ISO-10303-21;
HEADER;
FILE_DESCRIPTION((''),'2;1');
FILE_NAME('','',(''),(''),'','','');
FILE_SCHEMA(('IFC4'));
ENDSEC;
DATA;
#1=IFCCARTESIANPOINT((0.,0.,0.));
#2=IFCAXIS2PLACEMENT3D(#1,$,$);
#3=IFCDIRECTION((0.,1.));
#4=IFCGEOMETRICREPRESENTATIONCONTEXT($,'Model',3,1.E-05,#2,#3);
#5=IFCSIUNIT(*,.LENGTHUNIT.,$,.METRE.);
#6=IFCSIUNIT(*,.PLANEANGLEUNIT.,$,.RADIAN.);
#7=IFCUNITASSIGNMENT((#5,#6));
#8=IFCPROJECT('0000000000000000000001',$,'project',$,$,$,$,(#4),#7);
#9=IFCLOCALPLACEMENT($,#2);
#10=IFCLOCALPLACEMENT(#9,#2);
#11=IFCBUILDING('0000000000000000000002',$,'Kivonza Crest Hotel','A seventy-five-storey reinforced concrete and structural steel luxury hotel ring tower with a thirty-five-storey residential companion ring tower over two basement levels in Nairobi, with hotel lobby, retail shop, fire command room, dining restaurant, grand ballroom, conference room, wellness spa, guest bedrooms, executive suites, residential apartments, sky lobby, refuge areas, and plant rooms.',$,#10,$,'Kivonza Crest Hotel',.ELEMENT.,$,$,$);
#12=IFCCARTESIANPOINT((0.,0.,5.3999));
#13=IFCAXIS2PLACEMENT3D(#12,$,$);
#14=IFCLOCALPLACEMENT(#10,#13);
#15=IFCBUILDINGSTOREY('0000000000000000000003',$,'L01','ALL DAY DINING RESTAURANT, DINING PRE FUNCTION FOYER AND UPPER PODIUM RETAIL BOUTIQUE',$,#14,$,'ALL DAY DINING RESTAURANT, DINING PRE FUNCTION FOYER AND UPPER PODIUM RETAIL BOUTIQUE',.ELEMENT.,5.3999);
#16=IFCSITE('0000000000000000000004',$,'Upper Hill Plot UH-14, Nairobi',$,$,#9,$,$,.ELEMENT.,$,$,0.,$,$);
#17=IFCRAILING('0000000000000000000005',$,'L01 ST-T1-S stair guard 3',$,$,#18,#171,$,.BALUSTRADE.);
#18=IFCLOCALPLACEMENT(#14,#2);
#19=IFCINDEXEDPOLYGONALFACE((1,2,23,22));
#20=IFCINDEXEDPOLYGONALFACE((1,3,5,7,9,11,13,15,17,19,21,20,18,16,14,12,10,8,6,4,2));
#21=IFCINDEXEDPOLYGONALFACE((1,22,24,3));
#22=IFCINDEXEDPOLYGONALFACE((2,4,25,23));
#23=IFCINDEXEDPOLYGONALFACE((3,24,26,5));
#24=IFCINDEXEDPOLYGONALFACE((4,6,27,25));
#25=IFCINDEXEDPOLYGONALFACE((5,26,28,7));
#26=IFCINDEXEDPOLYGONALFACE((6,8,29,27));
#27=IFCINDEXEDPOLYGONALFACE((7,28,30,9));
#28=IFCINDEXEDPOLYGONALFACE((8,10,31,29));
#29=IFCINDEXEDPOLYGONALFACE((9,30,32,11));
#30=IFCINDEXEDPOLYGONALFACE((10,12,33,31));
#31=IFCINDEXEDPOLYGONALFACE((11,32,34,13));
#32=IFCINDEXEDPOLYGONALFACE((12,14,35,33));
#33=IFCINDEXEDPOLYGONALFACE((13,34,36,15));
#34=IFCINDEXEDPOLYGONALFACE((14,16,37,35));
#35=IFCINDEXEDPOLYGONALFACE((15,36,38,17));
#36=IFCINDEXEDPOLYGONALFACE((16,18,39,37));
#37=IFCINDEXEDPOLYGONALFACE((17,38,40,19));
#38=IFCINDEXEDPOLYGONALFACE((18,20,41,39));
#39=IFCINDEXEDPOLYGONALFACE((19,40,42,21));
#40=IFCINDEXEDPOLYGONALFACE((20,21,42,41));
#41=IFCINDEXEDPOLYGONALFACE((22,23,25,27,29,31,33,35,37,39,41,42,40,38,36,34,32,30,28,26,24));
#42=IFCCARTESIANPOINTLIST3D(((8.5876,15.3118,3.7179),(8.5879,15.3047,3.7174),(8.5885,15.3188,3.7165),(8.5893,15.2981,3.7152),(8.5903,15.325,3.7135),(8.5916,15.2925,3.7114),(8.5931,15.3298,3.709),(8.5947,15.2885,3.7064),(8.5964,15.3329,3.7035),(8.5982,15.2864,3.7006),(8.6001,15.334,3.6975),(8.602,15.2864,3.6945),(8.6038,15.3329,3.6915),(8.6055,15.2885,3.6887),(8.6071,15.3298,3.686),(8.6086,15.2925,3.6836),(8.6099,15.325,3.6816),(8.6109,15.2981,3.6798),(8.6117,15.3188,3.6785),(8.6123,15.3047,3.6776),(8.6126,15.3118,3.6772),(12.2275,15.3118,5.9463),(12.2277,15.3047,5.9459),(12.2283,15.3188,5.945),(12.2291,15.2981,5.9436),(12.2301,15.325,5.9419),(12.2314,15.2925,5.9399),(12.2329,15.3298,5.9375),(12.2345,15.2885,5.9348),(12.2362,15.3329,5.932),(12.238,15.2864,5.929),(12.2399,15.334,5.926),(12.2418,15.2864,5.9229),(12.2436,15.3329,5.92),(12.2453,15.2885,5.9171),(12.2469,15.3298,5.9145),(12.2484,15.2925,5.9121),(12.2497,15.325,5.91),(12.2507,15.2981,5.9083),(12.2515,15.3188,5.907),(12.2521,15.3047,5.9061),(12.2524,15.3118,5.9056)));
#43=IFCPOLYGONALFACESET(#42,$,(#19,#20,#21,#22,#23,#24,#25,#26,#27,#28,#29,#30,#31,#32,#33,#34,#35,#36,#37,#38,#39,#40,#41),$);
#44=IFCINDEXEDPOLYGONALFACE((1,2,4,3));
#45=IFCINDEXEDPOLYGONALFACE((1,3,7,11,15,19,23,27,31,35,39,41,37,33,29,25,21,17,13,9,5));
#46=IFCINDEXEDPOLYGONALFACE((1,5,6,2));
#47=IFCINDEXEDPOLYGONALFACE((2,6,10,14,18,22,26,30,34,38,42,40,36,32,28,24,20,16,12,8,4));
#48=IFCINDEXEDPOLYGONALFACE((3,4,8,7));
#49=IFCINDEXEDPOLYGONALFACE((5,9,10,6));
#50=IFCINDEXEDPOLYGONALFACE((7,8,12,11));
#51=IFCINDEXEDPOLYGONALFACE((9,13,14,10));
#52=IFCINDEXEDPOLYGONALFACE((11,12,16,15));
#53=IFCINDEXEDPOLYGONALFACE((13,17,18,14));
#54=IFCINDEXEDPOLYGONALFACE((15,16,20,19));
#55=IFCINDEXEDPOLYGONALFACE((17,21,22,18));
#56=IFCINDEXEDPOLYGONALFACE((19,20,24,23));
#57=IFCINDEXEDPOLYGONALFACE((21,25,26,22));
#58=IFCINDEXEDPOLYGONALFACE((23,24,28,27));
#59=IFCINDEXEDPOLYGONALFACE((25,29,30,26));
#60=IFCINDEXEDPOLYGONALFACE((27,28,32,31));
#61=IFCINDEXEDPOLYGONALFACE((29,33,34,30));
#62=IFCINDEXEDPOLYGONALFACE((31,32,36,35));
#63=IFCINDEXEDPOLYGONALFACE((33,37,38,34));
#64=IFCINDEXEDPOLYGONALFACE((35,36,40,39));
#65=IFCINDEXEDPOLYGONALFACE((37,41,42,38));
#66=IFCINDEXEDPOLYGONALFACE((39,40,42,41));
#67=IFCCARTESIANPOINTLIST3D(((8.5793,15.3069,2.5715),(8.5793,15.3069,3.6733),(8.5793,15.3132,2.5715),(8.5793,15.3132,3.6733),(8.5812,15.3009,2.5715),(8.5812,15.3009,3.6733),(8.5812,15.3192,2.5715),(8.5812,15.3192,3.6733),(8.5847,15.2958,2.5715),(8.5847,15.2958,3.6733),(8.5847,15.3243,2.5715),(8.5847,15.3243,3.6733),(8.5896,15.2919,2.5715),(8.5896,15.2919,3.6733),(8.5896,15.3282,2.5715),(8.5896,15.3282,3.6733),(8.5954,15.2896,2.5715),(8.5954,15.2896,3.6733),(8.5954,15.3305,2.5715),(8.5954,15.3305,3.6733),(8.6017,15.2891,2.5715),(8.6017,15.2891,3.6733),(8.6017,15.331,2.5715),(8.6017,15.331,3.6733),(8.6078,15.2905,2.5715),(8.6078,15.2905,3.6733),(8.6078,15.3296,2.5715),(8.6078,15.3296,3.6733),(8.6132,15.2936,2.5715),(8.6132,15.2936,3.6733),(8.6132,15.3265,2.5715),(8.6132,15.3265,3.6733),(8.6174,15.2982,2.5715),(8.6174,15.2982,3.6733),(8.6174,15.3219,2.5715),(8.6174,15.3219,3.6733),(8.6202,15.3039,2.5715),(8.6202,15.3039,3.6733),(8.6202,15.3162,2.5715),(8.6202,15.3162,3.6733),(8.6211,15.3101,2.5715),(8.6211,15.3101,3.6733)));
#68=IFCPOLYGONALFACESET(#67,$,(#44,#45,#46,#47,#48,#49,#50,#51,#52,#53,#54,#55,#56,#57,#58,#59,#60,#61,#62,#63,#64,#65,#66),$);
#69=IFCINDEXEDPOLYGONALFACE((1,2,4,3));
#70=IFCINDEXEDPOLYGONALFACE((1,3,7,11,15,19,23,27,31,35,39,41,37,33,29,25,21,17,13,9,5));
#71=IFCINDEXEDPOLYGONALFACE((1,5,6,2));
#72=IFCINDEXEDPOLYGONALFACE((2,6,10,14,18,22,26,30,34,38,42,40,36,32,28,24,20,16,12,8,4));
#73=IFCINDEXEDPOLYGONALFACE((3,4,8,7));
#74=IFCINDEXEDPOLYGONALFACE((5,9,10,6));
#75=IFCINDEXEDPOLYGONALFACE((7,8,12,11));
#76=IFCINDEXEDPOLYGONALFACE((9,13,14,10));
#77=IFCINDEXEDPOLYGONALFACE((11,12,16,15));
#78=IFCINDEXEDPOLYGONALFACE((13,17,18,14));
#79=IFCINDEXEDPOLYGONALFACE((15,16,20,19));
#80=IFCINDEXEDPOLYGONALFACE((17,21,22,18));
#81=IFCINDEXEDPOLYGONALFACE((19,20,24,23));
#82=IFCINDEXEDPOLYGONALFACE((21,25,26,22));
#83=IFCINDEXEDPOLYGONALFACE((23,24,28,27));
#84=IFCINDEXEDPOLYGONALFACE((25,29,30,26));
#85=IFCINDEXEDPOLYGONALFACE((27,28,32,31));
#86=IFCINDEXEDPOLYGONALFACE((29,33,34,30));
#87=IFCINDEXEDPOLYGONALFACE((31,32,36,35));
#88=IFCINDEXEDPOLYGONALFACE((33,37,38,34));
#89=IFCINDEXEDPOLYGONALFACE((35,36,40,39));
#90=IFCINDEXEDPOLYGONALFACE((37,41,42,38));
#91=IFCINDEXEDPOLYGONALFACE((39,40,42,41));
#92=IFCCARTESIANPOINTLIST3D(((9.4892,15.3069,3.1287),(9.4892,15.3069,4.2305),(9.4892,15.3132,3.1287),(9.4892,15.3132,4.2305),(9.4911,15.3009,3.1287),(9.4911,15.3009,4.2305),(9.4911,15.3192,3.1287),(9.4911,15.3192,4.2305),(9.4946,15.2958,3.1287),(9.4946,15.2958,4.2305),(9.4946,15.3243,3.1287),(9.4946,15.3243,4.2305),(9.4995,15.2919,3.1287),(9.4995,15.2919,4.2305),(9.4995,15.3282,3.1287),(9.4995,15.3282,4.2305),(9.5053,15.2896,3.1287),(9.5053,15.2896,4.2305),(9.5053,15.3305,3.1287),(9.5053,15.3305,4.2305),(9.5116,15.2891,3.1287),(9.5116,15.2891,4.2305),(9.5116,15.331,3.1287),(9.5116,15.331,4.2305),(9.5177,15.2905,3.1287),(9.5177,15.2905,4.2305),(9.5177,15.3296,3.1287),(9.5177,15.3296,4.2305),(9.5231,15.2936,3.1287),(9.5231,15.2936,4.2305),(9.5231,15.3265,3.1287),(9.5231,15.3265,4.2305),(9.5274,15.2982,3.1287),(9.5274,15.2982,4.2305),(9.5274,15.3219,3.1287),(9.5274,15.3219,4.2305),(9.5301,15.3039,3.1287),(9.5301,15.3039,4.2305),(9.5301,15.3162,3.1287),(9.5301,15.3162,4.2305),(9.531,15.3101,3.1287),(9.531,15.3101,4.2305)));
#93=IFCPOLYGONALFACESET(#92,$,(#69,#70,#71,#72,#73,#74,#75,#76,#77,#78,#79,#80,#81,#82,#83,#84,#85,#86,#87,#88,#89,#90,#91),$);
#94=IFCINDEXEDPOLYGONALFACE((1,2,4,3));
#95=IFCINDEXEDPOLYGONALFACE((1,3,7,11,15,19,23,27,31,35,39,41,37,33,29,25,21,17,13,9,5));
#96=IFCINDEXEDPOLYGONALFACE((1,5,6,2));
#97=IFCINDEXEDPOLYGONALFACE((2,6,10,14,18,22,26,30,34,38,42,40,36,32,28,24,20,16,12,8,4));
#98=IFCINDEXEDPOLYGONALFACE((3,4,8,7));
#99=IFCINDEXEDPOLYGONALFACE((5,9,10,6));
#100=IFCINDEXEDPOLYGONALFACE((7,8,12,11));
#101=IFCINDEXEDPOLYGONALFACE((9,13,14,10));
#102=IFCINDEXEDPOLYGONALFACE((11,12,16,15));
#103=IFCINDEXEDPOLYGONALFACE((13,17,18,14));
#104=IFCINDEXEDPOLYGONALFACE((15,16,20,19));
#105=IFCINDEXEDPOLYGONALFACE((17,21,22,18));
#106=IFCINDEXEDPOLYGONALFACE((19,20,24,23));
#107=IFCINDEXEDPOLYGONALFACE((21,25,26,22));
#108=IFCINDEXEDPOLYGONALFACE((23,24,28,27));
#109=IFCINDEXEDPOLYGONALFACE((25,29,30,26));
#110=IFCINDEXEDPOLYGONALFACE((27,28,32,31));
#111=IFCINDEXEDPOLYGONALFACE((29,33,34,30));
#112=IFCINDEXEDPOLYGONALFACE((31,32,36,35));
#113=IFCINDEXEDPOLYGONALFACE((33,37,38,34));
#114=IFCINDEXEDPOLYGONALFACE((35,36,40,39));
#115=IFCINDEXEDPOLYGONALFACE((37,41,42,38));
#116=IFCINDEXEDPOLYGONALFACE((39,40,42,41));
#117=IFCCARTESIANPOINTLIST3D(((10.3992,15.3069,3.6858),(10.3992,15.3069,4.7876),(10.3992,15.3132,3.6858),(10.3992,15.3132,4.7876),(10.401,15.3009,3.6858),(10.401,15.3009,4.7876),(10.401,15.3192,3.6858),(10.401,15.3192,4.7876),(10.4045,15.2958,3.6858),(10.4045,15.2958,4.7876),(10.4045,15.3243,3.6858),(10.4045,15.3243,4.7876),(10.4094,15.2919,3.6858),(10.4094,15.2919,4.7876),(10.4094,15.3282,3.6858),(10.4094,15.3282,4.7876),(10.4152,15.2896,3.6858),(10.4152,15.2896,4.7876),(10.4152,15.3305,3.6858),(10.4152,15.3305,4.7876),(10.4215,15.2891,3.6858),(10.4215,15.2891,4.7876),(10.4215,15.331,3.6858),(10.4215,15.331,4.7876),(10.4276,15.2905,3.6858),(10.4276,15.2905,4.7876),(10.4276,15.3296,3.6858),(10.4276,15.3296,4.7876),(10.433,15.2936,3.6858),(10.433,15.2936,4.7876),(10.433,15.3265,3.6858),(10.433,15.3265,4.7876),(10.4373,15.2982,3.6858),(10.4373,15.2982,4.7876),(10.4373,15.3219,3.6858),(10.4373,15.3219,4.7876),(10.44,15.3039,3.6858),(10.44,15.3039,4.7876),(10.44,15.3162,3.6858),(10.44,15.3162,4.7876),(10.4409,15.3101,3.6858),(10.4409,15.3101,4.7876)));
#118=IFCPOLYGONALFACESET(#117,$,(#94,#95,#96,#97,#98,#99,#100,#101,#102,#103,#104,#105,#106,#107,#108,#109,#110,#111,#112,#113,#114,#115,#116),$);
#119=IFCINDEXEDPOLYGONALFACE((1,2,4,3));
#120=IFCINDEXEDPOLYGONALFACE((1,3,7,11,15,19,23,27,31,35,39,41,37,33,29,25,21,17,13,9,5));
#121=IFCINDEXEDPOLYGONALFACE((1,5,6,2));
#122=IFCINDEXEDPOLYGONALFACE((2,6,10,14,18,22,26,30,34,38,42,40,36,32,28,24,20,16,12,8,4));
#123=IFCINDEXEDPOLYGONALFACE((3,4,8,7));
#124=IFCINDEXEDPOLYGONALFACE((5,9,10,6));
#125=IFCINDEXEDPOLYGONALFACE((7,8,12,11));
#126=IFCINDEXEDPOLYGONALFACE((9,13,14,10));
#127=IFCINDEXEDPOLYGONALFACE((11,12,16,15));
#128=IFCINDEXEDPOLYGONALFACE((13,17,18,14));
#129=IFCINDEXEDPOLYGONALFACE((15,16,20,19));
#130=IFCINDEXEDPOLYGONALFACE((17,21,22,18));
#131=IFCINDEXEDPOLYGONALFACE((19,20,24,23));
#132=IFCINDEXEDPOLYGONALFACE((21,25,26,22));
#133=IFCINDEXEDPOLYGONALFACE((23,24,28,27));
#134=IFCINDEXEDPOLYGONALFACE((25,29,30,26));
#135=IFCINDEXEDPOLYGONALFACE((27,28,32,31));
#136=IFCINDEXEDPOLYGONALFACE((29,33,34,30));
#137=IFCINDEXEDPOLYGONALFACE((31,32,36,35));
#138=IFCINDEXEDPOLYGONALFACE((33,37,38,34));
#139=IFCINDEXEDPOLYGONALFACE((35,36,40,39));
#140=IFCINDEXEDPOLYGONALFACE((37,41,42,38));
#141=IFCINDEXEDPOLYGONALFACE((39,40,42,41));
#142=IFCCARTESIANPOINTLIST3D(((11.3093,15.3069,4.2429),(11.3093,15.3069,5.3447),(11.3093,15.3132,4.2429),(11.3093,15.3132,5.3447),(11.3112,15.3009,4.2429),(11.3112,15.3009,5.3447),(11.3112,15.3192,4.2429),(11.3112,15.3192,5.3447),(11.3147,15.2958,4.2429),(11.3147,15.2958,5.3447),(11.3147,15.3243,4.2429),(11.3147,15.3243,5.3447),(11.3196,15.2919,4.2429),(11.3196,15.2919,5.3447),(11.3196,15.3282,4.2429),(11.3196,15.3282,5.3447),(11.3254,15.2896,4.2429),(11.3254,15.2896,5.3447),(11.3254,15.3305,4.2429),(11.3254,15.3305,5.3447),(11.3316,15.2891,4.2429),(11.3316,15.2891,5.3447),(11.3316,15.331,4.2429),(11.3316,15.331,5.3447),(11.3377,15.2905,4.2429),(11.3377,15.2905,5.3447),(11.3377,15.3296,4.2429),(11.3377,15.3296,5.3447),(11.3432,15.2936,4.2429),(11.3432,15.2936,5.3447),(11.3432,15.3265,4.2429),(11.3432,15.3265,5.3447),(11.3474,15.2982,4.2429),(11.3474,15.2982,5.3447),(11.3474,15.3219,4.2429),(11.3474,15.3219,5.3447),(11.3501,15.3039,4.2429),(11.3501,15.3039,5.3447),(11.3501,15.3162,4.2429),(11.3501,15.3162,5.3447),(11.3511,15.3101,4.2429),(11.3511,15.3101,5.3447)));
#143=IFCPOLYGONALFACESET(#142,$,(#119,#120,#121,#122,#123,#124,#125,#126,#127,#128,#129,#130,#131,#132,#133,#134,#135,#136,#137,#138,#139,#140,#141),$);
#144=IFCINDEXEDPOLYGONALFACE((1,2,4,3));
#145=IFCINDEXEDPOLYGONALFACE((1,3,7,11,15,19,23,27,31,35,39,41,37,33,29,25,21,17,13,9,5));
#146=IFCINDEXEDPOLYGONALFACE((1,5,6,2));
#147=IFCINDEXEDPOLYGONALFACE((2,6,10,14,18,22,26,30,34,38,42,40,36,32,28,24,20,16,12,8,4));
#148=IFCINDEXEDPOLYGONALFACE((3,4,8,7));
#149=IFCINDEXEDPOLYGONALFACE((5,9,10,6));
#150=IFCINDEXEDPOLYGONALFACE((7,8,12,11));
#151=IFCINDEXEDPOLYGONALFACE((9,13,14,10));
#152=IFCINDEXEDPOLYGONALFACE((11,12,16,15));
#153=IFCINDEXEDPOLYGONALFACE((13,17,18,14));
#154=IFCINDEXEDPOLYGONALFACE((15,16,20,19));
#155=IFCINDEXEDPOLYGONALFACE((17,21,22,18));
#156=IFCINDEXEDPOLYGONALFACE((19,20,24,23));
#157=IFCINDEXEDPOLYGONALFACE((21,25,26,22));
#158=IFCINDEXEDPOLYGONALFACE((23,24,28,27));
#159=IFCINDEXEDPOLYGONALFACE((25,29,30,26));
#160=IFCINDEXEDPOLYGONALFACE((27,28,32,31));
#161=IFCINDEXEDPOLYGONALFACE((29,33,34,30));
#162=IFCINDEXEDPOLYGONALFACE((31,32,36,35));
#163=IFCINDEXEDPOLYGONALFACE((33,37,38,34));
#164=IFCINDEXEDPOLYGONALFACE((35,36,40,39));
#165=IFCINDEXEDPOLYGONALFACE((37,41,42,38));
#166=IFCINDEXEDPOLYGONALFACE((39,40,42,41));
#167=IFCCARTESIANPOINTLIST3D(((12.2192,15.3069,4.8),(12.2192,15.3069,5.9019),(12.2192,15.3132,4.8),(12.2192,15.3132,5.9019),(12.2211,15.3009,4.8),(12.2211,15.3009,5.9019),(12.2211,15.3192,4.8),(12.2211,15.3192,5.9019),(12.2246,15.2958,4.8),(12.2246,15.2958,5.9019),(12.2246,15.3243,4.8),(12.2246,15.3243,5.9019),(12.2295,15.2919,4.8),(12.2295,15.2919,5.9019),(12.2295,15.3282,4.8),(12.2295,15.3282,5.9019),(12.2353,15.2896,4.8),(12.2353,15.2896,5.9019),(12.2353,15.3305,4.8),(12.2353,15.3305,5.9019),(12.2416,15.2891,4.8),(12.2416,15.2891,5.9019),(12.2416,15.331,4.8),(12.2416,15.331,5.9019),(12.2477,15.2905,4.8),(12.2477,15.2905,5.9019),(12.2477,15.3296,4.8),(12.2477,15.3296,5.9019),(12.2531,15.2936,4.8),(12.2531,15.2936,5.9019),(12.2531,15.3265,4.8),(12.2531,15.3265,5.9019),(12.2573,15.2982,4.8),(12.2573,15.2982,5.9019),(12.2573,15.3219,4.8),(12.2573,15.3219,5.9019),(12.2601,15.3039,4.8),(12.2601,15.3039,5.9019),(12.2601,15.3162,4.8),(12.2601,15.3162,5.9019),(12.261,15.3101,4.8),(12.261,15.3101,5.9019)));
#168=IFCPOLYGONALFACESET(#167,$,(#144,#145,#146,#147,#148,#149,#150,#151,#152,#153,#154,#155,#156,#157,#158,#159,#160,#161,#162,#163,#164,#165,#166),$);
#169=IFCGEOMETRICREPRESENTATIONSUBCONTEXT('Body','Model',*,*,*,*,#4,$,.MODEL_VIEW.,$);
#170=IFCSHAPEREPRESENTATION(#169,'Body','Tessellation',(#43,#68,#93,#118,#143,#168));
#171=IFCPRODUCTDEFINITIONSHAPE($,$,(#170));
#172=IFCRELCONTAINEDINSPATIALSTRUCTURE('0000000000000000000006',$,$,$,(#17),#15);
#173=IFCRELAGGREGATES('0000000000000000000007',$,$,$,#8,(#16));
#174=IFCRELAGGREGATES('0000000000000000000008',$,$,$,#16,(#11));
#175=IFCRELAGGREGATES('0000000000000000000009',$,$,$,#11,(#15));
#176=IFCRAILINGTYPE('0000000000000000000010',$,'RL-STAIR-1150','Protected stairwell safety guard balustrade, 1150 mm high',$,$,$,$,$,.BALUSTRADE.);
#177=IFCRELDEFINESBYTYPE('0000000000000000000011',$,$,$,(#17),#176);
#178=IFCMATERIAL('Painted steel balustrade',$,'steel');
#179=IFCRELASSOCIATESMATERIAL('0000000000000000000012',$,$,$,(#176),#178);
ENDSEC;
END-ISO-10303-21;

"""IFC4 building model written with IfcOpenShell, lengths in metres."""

from ifc_helpers import new_model, si_unit, direction, frame, origin, origin_2d, place, context, subcontext, project, spatial, circle, extrude, material, type_object, element, save


model = new_model("IFC4")

# Units and contexts
model_context = context("Model", 3, precision=1e-05, world=origin(), true_north=direction((0.0, 1.0)))
body_context = subcontext(model_context, "Body", "Model", "MODEL_VIEW")
ifc_project = project(units=[si_unit("LENGTHUNIT", "METRE"), si_unit("PLANEANGLEUNIT", "RADIAN")], contexts=[model_context])

# Site, building, storey
site_placement = place(None, origin())
site = spatial("IfcSite", under=ifc_project, at=site_placement, Name="Upper Hill Plot UH-14, Nairobi", CompositionType="ELEMENT", RefElevation=0.0)
building_placement = place(site_placement, origin())
building = spatial("IfcBuilding", under=site, at=building_placement, Name="Kivonza Crest Hotel", Description="A seventy-five-storey reinforced concrete and structural steel luxury hotel ring tower with a thirty-five-storey residential companion ring tower over two basement levels in Nairobi, with hotel lobby, retail shop, fire command room, dining restaurant, grand ballroom, conference room, wellness spa, guest bedrooms, executive suites, residential apartments, sky lobby, refuge areas, and plant rooms.", LongName="Kivonza Crest Hotel", CompositionType="ELEMENT")
storey_placement = place(building_placement, frame((0.0, 0.0, 5.3999)))
storey = spatial("IfcBuildingStorey", under=building, at=storey_placement, Name="L01", Description="ALL DAY DINING RESTAURANT, DINING PRE FUNCTION FOYER AND UPPER PODIUM RETAIL BOUTIQUE", LongName="ALL DAY DINING RESTAURANT, DINING PRE FUNCTION FOYER AND UPPER PODIUM RETAIL BOUTIQUE", CompositionType="ELEMENT", Elevation=5.3999)

# Railing
ifc_material_1 = material(Name="Painted steel balustrade", Category="steel")
railing_type_1 = type_object("IfcRailingType", Name="RL-STAIR-1150", Description="Protected stairwell safety guard balustrade, 1150 mm high", PredefinedType="BALUSTRADE", material=ifc_material_1)
railing_1_placement = place(storey_placement, frame((8.6001, 15.3101, 2.5715)))
element("IfcRailing", 1, at=railing_1_placement, inside=storey, type_object=railing_type_1, Name="L01 ST-T1-S stair guard 3", PredefinedType="BALUSTRADE", context=body_context, shape_type="SweptSolid", body=[
    extrude(circle(Radius=0.0239, at=origin_2d()), frame((0.0, 0.0, 1.126), z_axis=(0.85285, 0.0, 0.522156), x_axis=(0.0, 1.0, 0.0)), (0.0, 0.0, 1.0), 4.2678),
    extrude(circle(Radius=0.021, at=origin_2d()), origin(), (0.0, 0.0, 1.0), 1.1018),
    extrude(circle(Radius=0.021, at=origin_2d()), frame((0.9099, 0.0, 0.5571)), (0.0, 0.0, 1.0), 1.1018),
    extrude(circle(Radius=0.021, at=origin_2d()), frame((1.8198, 0.0, 1.1143)), (0.0, 0.0, 1.0), 1.1018),
    extrude(circle(Radius=0.021, at=origin_2d()), frame((2.73, 0.0, 1.6714)), (0.0, 0.0, 1.0), 1.1018),
    extrude(circle(Radius=0.021, at=origin_2d()), frame((3.6399, 0.0, 2.2285)), (0.0, 0.0, 1.0), 1.1018),
])

save(model, "model.ifc")
